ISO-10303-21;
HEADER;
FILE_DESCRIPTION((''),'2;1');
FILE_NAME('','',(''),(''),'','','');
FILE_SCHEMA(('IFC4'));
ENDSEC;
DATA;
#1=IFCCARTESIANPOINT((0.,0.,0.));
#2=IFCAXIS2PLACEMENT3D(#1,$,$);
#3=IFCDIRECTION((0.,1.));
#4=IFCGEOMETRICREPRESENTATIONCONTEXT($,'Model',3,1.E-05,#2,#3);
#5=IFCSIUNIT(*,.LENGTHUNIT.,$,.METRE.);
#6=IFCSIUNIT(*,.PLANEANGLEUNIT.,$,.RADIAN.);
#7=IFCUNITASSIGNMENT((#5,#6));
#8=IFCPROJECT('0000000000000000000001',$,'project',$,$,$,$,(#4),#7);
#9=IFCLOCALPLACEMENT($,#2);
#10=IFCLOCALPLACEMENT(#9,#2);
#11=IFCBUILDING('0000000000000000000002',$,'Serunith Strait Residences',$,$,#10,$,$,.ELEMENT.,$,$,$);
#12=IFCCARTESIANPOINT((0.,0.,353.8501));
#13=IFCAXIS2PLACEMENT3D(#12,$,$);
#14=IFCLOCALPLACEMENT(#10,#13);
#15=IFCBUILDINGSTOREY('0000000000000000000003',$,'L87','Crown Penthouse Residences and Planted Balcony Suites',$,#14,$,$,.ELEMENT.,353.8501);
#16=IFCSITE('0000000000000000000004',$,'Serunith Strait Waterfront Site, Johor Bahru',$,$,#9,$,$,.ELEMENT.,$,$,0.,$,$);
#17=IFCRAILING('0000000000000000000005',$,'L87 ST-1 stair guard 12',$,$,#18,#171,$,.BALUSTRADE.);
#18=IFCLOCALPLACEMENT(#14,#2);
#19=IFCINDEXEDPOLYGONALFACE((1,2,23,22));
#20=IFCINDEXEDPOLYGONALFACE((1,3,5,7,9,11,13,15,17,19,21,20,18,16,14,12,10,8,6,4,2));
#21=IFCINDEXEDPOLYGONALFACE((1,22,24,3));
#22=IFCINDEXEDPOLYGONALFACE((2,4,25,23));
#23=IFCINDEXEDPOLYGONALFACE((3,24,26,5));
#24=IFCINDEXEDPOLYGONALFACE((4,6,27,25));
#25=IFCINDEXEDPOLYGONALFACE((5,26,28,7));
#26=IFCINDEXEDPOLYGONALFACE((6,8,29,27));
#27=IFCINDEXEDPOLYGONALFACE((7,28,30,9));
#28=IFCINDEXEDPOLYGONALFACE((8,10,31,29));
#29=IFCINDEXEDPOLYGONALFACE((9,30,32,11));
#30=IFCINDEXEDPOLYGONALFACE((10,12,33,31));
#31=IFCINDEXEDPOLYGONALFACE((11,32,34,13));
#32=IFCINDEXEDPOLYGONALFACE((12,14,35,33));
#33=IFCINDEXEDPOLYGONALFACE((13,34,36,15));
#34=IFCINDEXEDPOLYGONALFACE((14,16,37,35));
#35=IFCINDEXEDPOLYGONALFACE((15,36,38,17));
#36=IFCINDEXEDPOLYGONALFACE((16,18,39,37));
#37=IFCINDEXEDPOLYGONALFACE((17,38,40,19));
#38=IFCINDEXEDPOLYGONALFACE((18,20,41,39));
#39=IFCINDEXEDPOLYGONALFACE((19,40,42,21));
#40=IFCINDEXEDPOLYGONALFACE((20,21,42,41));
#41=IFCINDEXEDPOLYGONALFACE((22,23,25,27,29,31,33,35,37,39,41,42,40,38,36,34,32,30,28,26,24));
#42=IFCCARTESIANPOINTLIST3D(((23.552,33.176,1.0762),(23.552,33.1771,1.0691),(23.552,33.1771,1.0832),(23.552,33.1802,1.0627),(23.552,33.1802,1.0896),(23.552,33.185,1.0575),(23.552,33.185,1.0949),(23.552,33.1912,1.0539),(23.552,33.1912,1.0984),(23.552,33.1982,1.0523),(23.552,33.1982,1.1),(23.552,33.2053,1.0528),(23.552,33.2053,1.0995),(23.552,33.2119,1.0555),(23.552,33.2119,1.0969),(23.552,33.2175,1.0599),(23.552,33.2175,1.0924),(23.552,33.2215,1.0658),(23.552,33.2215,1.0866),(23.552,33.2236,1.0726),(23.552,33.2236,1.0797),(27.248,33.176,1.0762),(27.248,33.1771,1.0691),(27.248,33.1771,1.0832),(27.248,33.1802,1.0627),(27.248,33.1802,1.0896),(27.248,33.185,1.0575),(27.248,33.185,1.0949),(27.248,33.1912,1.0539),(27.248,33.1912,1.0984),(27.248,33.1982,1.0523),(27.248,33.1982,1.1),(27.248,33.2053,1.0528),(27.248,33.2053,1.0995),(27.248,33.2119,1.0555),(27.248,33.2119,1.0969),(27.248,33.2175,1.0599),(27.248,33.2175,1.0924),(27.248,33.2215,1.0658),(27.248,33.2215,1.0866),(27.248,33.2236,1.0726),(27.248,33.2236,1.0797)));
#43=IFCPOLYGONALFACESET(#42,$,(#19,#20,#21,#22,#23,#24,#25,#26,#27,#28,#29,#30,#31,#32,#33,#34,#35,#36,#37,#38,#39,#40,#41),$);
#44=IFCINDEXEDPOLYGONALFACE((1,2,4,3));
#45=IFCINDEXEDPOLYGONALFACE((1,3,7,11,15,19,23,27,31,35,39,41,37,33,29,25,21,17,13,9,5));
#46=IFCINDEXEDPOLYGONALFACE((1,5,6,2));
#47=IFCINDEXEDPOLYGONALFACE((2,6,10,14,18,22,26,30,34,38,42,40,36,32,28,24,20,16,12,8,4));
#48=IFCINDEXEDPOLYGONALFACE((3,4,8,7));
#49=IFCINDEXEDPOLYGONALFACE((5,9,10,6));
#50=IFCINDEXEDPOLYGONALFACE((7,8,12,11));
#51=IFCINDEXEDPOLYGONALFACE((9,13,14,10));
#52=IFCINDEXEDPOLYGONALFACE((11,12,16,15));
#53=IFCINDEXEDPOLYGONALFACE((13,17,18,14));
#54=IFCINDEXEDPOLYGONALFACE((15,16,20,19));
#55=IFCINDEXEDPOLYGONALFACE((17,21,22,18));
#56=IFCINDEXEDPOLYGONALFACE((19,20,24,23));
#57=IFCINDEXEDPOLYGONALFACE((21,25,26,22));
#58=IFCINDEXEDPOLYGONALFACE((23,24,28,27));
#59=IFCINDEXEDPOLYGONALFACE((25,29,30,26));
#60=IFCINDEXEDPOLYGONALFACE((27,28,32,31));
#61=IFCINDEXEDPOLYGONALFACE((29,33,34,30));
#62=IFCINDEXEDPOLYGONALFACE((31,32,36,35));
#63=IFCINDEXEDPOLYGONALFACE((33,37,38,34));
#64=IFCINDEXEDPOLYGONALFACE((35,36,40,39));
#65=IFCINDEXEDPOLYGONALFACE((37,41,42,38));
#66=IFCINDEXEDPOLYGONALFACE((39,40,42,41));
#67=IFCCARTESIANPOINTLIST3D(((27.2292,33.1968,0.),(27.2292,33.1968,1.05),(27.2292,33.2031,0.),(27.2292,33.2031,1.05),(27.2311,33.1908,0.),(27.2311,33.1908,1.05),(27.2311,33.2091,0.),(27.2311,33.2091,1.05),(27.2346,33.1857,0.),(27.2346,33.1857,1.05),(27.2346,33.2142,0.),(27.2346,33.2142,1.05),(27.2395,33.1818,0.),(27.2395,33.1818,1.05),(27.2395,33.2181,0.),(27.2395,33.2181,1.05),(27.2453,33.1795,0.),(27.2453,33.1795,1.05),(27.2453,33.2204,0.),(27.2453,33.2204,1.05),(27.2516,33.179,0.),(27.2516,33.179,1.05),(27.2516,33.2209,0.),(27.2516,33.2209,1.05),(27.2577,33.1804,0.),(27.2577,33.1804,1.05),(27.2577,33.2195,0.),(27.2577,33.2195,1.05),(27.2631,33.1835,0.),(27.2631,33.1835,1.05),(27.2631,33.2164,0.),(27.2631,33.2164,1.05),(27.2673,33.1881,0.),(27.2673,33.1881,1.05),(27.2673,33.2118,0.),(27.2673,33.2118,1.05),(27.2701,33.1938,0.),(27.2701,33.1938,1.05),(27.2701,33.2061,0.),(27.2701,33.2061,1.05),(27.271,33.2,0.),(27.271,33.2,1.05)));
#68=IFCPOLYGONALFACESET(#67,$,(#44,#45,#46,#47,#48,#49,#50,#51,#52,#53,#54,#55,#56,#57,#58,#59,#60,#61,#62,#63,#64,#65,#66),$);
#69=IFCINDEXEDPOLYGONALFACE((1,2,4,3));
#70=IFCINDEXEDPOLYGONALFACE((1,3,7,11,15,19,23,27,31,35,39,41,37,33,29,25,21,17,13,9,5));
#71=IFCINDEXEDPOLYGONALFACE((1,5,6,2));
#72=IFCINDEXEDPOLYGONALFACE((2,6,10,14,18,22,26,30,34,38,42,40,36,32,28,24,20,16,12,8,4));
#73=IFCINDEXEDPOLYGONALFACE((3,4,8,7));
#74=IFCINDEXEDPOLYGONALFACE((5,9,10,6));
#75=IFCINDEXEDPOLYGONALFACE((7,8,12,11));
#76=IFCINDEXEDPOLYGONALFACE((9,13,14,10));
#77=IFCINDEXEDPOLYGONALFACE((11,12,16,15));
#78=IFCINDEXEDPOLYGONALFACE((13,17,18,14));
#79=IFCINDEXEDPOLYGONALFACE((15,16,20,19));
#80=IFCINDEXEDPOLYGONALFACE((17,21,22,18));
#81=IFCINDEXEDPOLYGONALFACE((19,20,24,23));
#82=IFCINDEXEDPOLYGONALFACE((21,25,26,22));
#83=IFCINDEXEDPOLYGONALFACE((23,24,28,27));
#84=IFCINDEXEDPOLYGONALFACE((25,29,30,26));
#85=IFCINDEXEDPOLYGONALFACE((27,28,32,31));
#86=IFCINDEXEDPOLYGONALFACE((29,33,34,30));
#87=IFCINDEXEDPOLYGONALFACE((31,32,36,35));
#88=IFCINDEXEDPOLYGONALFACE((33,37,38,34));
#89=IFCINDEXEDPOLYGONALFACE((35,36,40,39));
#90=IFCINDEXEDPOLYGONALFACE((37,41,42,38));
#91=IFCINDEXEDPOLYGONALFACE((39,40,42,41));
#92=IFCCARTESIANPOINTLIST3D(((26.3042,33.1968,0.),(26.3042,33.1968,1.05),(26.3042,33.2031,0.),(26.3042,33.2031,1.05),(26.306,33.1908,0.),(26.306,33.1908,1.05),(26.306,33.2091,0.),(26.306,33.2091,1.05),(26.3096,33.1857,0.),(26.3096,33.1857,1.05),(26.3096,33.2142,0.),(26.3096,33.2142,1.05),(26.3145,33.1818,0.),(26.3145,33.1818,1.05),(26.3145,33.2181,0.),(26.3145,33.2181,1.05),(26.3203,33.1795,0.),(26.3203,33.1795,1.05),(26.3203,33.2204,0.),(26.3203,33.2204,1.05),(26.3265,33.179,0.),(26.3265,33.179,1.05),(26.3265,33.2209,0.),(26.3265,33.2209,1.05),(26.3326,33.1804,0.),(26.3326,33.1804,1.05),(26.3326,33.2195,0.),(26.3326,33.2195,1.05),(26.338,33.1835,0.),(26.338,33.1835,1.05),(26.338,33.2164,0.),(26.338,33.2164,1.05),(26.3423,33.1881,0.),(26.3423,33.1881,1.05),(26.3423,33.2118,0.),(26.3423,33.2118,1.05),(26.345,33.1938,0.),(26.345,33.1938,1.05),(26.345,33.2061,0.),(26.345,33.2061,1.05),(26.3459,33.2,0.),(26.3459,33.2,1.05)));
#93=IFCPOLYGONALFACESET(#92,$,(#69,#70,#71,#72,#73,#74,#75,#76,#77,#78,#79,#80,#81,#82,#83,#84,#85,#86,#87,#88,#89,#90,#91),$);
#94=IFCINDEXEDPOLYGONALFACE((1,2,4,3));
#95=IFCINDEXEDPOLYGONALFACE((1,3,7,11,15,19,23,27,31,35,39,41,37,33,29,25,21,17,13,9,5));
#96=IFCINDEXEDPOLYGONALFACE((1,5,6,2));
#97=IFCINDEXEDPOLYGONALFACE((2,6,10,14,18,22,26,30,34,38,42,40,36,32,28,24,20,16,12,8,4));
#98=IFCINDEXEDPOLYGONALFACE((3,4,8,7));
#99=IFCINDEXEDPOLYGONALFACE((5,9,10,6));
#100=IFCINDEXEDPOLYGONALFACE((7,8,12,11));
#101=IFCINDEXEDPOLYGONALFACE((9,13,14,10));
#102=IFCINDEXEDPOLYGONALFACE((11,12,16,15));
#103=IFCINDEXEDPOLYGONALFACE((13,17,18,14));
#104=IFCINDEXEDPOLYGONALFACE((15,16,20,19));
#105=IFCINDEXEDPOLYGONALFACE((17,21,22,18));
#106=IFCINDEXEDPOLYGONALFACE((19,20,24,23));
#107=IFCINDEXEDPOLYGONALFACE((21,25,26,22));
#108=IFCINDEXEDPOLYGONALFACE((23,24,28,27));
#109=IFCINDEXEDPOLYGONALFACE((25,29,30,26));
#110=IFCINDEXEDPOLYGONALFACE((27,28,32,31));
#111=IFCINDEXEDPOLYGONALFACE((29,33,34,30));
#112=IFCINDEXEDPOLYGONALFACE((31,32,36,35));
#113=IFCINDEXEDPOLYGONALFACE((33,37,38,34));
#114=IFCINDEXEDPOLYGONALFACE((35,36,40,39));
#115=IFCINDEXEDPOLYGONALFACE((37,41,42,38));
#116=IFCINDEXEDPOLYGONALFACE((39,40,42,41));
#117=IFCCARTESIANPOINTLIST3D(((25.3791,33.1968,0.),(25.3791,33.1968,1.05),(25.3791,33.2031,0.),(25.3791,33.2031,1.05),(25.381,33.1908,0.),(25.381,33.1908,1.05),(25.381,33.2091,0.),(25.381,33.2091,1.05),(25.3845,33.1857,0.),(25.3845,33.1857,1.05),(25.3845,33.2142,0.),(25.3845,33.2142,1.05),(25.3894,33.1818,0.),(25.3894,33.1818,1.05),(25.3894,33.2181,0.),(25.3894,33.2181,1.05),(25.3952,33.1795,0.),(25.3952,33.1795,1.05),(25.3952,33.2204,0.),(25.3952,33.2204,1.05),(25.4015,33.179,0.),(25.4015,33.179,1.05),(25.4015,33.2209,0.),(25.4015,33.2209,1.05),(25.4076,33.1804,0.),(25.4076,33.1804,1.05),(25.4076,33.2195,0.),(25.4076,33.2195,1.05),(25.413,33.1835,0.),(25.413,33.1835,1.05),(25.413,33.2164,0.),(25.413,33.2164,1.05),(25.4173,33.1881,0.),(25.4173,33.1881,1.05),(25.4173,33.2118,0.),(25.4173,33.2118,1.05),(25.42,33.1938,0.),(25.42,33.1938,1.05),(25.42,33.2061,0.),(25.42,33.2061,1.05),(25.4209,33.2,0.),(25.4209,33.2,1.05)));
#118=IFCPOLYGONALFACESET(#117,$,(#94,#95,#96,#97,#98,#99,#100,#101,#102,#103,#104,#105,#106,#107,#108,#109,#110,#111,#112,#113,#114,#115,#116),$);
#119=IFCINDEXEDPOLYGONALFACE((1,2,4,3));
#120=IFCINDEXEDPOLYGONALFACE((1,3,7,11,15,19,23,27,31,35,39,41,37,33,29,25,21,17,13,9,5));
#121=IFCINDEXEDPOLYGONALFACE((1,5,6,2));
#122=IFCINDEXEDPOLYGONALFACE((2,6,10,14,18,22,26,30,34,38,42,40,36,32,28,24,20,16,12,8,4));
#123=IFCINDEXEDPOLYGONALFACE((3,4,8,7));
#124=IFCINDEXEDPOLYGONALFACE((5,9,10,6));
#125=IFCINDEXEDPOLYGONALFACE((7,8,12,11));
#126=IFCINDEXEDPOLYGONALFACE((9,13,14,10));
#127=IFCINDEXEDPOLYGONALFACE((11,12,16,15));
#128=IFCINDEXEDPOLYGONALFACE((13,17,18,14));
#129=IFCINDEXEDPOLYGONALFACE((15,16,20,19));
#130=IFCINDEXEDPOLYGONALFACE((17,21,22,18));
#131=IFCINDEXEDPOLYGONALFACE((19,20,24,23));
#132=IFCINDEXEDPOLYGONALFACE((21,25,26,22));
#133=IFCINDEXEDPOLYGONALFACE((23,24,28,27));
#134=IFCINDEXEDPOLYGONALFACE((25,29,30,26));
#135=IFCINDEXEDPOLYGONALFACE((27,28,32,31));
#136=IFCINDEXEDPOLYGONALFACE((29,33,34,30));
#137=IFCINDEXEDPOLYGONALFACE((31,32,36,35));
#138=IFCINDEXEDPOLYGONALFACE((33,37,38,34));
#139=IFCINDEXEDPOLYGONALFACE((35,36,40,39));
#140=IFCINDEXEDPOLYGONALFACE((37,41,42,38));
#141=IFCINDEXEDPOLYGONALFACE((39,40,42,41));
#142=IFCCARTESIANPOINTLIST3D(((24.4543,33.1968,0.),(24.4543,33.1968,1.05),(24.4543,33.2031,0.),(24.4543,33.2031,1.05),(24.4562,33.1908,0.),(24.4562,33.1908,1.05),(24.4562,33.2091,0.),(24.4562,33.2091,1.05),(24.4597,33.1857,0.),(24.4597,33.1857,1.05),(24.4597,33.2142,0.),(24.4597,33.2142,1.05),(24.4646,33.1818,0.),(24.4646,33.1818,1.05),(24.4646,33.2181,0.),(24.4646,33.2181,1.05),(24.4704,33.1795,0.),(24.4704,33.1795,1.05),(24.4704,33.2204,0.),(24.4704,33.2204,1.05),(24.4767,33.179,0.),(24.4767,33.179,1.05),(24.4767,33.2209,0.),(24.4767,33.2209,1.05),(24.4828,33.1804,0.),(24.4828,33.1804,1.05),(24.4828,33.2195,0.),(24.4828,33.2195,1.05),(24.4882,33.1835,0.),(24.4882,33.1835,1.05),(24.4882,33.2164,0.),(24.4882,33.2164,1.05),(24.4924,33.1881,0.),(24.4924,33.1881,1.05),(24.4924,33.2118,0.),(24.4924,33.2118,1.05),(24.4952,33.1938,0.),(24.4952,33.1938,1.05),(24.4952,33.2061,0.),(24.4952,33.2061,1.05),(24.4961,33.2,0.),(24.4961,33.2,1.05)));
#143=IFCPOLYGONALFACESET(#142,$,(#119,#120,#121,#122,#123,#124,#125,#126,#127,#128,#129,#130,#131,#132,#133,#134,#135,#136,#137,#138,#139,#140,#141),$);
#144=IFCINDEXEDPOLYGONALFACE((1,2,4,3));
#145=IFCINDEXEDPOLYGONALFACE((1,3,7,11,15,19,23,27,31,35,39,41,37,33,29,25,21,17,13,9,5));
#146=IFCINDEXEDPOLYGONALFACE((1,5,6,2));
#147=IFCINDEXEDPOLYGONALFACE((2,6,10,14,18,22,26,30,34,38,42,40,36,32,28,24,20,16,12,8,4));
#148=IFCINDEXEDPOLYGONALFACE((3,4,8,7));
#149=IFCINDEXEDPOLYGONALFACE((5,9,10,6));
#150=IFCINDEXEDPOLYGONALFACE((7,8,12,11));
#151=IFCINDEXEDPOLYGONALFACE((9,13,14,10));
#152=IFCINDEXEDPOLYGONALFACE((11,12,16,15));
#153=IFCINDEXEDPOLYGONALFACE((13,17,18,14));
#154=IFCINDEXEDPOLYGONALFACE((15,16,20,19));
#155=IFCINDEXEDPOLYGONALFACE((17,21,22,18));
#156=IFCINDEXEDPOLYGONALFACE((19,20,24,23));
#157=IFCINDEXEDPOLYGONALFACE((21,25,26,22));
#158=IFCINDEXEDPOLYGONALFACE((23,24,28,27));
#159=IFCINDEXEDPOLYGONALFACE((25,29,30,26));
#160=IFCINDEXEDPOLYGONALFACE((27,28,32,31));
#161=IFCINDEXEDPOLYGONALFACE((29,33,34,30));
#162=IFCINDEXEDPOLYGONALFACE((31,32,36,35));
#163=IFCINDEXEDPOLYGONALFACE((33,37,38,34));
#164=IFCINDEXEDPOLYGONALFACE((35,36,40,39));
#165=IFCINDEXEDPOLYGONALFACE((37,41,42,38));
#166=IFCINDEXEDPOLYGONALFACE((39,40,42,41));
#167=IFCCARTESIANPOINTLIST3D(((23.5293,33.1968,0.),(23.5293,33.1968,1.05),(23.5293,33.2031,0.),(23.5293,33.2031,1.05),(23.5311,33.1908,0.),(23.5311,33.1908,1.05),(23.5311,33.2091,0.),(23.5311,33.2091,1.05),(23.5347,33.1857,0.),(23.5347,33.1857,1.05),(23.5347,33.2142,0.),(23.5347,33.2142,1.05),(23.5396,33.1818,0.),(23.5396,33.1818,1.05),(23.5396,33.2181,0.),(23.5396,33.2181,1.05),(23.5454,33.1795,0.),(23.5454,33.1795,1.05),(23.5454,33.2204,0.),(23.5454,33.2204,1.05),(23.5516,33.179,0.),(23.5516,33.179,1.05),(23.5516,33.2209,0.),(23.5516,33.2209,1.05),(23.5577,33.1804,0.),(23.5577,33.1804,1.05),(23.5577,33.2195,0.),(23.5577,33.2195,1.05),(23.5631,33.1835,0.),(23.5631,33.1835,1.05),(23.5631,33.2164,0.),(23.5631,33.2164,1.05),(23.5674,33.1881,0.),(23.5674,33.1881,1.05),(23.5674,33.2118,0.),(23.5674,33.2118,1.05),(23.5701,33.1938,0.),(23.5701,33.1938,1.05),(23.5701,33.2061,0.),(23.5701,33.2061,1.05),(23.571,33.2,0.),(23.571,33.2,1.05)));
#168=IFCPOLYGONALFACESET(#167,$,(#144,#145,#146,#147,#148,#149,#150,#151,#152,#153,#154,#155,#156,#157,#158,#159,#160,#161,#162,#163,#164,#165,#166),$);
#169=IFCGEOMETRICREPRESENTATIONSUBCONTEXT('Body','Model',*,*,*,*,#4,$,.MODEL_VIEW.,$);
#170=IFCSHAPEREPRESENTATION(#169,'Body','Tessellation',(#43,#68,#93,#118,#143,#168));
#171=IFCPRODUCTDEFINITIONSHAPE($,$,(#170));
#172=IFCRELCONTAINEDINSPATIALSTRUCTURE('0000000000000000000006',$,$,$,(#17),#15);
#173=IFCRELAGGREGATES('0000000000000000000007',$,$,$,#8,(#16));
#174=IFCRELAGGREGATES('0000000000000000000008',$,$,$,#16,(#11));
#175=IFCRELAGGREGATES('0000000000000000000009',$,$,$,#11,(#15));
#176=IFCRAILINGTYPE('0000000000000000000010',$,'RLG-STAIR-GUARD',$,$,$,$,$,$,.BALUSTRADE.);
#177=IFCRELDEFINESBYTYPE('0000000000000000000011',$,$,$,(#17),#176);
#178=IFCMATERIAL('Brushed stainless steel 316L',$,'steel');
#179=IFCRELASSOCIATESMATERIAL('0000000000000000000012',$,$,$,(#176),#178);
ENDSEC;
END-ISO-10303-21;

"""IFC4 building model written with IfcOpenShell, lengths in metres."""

from ifc_helpers import new_model, si_unit, direction, frame, origin, origin_2d, place, context, subcontext, project, spatial, circle, extrude, material, type_object, element, save


model = new_model("IFC4")

# Units and contexts
model_context = context("Model", 3, precision=1e-05, world=origin(), true_north=direction((0.0, 1.0)))
body_context = subcontext(model_context, "Body", "Model", "MODEL_VIEW")
ifc_project = project(units=[si_unit("LENGTHUNIT", "METRE"), si_unit("PLANEANGLEUNIT", "RADIAN")], contexts=[model_context])

# Site, building, storey
site_placement = place(None, origin())
site = spatial("IfcSite", under=ifc_project, at=site_placement, Name="Serunith Strait Waterfront Site, Johor Bahru", CompositionType="ELEMENT", RefElevation=0.0)
building_placement = place(site_placement, origin())
building = spatial("IfcBuilding", under=site, at=building_placement, Name="Serunith Strait Residences", CompositionType="ELEMENT")
storey_placement = place(building_placement, frame((0.0, 0.0, 353.8501)))
storey = spatial("IfcBuildingStorey", under=building, at=storey_placement, Name="L87", Description="Crown Penthouse Residences and Planted Balcony Suites", CompositionType="ELEMENT", Elevation=353.8501)

# Railing
ifc_material_1 = material(Name="Brushed stainless steel 316L", Category="steel")
railing_type_1 = type_object("IfcRailingType", Name="RLG-STAIR-GUARD", PredefinedType="BALUSTRADE", material=ifc_material_1)
railing_1_placement = place(storey_placement, frame((27.25, 33.2, 0.0)))
element("IfcRailing", 1, at=railing_1_placement, inside=storey, type_object=railing_type_1, Name="L87 ST-1 stair guard 12", PredefinedType="BALUSTRADE", context=body_context, shape_type="SweptSolid", body=[
    extrude(circle(Radius=0.0239, at=origin_2d()), frame((-0.002, 0.0, 1.0762), z_axis=(-1.0, 0.0, 0.0), x_axis=(0.0, -1.0, 0.0)), (0.0, 0.0, 1.0), 3.696),
    extrude(circle(Radius=0.021, at=origin_2d()), origin(), (0.0, 0.0, 1.0), 1.05),
    extrude(circle(Radius=0.021, at=origin_2d()), frame((-0.925, 0.0, 0.0)), (0.0, 0.0, 1.0), 1.05),
    extrude(circle(Radius=0.021, at=origin_2d()), frame((-1.8501, 0.0, 0.0)), (0.0, 0.0, 1.0), 1.05),
    extrude(circle(Radius=0.021, at=origin_2d()), frame((-2.7749, 0.0, 0.0)), (0.0, 0.0, 1.0), 1.05),
    extrude(circle(Radius=0.021, at=origin_2d()), frame((-3.7, 0.0, 0.0)), (0.0, 0.0, 1.0), 1.05),
])

save(model, "model.ifc")
